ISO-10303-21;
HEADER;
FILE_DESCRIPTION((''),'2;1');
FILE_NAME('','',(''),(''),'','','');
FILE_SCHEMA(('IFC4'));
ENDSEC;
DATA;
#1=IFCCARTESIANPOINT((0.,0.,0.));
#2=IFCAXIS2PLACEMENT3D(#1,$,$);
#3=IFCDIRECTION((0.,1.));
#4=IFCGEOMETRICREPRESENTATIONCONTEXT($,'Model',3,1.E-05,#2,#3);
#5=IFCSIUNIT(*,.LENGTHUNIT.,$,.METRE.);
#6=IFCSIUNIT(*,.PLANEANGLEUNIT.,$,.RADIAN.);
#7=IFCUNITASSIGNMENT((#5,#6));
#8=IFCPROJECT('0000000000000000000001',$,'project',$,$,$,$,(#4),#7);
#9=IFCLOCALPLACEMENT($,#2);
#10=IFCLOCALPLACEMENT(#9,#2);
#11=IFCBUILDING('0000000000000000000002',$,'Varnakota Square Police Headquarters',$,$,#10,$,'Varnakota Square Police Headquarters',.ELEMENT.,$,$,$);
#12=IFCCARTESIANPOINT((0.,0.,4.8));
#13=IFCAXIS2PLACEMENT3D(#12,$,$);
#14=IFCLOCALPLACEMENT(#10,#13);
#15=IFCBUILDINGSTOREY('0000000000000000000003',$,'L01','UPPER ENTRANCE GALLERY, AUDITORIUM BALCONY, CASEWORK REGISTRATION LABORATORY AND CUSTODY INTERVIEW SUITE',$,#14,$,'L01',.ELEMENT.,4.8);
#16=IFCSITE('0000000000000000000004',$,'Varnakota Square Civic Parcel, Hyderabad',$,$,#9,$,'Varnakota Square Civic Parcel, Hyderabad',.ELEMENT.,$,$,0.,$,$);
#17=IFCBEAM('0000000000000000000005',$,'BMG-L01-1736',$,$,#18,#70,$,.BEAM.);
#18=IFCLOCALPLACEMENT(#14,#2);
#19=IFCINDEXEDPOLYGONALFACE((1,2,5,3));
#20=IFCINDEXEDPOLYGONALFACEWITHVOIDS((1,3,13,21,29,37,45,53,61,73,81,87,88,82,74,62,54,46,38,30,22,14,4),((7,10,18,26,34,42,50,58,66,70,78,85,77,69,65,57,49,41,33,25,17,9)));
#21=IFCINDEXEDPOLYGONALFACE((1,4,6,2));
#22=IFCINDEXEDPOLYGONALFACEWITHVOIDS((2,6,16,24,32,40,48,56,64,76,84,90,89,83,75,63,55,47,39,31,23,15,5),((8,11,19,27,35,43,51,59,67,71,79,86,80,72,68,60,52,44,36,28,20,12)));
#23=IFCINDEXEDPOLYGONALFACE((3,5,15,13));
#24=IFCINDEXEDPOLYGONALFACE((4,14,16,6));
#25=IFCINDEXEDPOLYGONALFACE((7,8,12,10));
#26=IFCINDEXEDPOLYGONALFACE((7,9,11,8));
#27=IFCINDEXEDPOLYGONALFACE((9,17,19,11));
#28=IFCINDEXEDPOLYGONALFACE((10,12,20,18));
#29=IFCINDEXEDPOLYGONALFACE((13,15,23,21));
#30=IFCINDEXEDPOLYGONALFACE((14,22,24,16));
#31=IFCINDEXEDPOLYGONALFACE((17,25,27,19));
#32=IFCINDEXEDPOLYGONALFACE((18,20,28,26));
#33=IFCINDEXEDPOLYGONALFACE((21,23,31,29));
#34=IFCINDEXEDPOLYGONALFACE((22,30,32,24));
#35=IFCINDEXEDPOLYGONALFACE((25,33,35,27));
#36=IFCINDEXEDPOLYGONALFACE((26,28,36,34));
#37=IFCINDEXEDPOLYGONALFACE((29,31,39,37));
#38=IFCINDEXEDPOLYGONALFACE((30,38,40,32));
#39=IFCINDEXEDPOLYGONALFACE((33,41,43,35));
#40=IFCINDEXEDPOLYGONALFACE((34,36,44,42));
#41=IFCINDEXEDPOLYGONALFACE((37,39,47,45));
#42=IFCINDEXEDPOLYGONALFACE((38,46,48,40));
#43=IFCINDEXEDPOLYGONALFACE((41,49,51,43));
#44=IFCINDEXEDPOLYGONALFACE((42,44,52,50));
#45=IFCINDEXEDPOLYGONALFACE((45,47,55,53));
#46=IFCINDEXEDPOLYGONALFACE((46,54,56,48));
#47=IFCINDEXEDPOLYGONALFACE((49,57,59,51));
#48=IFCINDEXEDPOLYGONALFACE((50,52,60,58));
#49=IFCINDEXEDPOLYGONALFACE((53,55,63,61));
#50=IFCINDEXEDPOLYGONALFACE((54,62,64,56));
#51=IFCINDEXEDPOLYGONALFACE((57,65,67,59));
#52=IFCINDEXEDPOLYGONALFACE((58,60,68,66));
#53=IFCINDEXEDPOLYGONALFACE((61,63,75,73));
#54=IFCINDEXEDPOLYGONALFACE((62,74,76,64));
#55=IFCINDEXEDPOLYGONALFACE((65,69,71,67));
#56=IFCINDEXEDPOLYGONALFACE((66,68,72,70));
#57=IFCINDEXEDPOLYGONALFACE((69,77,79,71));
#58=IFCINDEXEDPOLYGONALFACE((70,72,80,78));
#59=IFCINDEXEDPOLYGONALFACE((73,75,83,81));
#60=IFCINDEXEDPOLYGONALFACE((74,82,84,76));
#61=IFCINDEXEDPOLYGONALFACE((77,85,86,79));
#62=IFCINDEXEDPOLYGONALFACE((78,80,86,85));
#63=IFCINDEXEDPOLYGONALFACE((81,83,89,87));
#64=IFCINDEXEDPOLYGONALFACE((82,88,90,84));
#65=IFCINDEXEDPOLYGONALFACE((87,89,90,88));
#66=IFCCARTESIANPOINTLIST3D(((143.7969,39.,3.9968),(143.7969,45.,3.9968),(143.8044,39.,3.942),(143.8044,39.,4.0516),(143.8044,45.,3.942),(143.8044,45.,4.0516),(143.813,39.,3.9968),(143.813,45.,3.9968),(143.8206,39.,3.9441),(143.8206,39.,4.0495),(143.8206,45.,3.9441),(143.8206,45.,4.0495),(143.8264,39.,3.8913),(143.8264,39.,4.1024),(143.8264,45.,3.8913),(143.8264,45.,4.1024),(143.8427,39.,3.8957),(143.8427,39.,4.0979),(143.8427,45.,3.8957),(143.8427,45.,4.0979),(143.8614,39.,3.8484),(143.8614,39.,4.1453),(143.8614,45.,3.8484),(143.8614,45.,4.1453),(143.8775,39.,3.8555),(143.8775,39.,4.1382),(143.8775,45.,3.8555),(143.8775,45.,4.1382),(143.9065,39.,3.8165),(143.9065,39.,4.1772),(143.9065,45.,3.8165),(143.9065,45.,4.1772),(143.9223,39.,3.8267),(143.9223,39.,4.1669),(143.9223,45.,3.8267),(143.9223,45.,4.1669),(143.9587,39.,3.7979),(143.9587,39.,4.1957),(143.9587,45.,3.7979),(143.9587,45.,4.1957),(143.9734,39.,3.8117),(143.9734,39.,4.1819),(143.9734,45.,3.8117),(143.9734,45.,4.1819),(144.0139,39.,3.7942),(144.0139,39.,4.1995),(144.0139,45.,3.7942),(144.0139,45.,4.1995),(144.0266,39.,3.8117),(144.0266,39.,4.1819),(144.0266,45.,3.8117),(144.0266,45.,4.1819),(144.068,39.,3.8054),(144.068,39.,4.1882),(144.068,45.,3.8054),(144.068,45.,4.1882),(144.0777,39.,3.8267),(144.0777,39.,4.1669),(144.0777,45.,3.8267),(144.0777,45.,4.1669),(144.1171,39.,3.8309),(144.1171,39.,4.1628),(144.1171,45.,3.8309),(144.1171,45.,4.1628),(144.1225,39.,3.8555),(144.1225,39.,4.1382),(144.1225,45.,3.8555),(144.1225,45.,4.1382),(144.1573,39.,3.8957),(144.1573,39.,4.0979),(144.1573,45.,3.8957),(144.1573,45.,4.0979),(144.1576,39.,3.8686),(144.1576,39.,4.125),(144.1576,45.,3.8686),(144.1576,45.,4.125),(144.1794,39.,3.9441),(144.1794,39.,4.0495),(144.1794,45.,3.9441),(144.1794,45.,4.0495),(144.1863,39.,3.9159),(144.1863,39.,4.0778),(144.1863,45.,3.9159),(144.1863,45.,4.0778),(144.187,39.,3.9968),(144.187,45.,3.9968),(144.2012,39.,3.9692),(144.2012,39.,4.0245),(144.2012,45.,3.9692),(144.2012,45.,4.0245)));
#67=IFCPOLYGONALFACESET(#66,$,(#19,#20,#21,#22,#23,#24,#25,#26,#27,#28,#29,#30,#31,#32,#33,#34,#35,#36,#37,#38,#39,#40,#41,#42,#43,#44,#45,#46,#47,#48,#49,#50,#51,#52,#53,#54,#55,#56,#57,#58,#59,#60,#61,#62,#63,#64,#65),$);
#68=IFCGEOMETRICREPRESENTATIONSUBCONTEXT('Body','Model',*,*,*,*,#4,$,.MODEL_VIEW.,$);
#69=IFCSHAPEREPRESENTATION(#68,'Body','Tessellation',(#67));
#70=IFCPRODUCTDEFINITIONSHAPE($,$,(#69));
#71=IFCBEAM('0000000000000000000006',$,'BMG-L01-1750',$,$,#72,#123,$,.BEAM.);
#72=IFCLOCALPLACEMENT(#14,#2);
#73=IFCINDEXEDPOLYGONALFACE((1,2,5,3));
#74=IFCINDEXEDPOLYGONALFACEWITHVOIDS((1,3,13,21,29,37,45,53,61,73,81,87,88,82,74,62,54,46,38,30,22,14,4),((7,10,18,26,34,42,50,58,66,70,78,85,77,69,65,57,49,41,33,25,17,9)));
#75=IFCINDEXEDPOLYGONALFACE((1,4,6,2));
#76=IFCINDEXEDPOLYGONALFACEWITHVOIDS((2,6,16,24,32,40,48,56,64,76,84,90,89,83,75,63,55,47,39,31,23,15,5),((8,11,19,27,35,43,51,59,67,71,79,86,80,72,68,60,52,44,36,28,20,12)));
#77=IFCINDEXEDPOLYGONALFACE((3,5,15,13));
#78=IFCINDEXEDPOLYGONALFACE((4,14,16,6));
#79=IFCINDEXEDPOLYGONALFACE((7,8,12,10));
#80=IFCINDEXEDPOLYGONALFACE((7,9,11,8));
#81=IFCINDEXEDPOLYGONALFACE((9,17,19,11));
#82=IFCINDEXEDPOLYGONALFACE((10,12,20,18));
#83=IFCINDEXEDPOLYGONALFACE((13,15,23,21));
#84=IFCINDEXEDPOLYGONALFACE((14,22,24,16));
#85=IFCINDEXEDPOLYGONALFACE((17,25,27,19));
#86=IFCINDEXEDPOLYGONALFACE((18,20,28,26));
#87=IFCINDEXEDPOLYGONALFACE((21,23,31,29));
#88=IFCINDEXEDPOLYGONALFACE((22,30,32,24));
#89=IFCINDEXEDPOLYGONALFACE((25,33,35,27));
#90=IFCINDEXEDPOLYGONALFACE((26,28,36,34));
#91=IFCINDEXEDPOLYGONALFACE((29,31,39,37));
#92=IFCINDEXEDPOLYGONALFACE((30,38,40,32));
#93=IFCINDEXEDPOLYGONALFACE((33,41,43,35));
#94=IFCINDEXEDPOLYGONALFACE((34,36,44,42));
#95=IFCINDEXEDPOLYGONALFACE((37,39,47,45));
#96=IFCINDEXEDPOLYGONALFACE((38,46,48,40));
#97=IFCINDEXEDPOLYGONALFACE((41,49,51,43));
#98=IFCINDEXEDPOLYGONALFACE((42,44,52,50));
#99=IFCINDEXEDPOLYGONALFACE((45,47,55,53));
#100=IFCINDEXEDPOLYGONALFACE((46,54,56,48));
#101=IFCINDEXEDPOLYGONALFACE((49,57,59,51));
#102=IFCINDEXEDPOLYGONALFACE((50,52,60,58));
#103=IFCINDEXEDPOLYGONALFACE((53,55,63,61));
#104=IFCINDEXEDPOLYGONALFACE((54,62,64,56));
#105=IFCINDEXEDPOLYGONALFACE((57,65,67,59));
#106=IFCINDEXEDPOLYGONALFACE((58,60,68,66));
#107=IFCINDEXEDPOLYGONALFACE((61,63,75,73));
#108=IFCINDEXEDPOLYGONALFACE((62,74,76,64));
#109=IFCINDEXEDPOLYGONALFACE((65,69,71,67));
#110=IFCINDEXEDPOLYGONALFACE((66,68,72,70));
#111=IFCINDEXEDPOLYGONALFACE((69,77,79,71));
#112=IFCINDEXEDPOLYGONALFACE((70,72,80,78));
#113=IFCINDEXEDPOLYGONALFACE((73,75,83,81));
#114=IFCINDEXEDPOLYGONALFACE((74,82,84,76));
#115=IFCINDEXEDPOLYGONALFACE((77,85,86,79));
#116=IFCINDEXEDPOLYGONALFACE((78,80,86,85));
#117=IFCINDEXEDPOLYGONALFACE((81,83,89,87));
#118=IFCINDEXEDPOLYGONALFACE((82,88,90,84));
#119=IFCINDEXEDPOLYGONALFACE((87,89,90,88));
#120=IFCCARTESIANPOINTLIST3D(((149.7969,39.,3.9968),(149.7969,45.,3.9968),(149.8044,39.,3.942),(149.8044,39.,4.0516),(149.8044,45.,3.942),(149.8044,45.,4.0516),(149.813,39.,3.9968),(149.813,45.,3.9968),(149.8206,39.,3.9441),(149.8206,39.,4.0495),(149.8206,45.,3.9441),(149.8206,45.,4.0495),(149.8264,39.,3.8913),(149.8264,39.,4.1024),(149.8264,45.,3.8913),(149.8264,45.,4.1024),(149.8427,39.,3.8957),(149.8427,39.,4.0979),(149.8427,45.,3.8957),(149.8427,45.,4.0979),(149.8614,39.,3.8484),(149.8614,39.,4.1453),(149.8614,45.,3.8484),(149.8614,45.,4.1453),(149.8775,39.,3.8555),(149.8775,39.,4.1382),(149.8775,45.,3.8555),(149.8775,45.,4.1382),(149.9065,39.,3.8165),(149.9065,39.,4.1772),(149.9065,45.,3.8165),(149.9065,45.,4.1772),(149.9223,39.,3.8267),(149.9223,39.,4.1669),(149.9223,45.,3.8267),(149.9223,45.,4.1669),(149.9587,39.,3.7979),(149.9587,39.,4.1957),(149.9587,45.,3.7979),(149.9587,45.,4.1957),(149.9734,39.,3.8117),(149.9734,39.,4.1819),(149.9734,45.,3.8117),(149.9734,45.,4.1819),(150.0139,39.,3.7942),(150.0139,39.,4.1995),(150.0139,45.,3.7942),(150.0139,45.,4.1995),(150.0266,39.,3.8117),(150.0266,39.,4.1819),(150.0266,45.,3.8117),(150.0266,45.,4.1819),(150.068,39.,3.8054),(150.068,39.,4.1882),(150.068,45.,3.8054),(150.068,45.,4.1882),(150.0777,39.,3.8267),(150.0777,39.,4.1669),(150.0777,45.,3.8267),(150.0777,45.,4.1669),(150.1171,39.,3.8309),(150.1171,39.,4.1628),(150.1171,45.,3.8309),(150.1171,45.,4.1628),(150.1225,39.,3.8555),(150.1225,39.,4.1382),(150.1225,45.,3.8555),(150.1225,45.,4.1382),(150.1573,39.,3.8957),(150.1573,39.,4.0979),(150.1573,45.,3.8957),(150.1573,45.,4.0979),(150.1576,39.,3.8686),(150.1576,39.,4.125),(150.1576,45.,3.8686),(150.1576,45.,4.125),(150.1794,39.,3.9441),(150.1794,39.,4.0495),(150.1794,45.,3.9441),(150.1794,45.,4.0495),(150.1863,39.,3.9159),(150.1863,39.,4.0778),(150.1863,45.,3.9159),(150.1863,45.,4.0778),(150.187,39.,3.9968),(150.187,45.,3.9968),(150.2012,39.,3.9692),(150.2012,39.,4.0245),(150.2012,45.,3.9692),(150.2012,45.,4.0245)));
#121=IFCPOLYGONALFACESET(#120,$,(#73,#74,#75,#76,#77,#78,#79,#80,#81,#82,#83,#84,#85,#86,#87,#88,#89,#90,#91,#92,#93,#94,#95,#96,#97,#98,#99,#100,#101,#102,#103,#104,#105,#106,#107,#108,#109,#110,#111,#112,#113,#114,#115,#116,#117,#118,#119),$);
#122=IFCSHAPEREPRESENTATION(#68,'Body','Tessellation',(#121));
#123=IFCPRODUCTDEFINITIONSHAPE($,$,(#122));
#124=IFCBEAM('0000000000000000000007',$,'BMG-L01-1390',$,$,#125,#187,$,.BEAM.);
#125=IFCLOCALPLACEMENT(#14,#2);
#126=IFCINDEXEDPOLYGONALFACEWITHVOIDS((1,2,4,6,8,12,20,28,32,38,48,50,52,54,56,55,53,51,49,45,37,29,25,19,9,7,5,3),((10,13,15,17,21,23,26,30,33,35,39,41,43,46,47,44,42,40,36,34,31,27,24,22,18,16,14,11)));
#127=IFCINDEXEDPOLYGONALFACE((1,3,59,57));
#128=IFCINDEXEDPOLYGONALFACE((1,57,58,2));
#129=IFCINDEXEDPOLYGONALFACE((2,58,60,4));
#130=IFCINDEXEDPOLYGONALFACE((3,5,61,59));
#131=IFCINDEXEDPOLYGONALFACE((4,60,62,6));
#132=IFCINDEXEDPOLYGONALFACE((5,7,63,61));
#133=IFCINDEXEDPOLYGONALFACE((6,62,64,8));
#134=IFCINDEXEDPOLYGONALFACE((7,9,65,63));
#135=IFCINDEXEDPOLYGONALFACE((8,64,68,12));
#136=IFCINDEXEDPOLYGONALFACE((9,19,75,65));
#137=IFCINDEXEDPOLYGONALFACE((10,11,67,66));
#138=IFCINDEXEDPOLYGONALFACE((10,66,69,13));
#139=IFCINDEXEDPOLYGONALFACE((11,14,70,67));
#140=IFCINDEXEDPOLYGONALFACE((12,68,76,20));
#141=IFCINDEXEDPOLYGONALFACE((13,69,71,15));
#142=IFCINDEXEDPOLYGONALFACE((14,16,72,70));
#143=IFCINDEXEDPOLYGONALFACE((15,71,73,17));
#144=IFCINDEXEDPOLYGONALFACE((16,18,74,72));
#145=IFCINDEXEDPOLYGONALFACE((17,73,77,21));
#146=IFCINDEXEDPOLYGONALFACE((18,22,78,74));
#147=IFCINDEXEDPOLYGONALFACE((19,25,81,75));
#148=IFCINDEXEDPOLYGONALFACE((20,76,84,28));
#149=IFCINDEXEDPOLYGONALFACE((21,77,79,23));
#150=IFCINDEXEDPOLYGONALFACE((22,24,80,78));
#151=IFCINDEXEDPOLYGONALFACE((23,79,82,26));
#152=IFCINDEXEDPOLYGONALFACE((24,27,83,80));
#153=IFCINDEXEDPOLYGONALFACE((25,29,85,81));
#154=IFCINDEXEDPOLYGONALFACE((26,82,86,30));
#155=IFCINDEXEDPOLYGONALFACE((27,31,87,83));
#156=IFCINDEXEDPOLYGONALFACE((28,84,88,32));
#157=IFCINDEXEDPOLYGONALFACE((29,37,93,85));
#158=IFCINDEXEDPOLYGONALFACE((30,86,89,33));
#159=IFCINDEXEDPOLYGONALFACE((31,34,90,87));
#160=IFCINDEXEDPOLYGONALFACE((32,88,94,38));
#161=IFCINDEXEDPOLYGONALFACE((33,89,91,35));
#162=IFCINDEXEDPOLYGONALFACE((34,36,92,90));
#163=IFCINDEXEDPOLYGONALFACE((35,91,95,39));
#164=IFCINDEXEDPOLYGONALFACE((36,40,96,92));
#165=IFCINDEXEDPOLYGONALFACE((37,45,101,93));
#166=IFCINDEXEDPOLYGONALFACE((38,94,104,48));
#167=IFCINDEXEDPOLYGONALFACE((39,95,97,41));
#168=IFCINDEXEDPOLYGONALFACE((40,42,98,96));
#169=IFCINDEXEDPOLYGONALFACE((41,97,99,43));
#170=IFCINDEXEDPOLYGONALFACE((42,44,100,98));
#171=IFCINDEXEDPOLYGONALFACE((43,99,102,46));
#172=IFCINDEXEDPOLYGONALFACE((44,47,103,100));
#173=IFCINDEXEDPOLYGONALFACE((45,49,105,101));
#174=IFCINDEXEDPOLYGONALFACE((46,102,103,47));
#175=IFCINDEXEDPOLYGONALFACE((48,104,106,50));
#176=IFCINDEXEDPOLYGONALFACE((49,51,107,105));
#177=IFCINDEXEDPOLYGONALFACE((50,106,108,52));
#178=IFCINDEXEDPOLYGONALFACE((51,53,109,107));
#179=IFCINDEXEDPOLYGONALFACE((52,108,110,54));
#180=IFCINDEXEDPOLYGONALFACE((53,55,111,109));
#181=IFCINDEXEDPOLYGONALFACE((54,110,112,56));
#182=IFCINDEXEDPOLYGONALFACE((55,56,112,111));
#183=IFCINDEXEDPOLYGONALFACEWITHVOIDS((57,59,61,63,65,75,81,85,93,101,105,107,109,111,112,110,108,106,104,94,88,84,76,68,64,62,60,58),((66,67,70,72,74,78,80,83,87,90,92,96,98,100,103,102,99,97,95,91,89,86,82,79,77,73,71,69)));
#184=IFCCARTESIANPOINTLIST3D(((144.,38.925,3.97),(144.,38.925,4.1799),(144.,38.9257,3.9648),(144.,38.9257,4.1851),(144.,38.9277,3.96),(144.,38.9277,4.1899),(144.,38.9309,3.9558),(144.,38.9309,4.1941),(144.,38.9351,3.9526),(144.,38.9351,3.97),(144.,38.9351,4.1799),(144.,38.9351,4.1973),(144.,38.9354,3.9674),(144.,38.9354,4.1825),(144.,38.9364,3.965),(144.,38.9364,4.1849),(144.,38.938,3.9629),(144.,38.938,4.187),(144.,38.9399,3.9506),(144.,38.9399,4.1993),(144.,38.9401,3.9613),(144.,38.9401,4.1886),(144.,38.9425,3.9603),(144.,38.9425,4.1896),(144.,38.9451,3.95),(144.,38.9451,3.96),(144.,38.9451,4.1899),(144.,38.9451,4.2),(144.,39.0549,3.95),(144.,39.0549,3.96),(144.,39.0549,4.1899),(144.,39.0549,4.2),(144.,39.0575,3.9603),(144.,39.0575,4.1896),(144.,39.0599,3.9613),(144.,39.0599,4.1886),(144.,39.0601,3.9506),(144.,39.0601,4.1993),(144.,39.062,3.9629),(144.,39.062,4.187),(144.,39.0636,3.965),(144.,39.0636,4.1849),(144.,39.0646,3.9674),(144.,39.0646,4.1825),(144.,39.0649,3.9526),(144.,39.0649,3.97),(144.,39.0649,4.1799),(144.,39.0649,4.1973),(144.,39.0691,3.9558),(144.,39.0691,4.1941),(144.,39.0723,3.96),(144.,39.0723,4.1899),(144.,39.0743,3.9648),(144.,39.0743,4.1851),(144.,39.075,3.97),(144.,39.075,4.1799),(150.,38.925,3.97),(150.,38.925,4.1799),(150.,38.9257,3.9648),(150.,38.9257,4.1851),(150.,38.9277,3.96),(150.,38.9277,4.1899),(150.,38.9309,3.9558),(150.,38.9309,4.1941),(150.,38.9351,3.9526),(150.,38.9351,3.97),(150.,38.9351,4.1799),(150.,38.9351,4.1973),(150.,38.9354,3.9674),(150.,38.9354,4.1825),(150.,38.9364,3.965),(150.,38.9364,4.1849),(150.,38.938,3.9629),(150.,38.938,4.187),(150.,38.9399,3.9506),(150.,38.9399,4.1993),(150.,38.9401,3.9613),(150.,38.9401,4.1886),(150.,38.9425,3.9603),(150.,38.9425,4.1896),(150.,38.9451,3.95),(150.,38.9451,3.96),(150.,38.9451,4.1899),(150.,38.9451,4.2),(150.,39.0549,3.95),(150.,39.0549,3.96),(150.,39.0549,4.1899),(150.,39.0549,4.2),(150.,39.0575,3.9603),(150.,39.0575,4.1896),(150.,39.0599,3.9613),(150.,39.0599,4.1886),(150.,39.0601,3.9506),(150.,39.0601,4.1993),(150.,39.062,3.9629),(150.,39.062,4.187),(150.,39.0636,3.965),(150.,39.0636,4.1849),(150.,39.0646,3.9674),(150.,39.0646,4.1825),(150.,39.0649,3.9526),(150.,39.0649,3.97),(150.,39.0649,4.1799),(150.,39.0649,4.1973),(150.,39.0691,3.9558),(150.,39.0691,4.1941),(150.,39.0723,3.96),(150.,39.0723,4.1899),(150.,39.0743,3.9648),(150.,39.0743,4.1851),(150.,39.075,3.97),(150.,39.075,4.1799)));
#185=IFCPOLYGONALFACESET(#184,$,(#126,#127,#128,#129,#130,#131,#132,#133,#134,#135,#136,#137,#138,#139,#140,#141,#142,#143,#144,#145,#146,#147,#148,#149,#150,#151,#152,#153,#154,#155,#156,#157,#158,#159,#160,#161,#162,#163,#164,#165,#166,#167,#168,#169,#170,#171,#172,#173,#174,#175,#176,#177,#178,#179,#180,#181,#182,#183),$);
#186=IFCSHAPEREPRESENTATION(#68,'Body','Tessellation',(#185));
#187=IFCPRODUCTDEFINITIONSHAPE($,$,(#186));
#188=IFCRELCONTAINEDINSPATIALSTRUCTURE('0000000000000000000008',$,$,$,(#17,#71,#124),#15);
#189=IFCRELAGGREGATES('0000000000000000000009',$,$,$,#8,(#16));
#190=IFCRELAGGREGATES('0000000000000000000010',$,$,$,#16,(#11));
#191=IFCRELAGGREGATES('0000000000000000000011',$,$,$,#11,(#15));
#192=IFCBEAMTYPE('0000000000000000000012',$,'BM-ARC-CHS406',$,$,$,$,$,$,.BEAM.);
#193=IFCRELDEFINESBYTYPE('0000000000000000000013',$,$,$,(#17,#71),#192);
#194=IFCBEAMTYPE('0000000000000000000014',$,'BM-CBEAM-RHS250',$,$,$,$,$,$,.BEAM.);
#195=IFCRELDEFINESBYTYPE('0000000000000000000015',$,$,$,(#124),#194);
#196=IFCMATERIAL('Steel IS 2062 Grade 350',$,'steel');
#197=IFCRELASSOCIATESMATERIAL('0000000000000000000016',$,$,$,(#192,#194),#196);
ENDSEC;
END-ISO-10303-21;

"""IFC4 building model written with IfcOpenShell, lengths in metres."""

from ifc_helpers import new_model, si_unit, direction, frame, origin, origin_2d, place, context, subcontext, project, spatial, hollow_rectangle, hollow_circle, extrude, material, material_profile, profile_set, type_object, element, save


model = new_model("IFC4")

# Units and contexts
model_context = context("Model", 3, precision=1e-05, world=origin(), true_north=direction((0.0, 1.0)))
body_context = subcontext(model_context, "Body", "Model", "MODEL_VIEW")
ifc_project = project(units=[si_unit("LENGTHUNIT", "METRE"), si_unit("PLANEANGLEUNIT", "RADIAN")], contexts=[model_context])

# Site, building, storey
site_placement = place(None, origin())
site = spatial("IfcSite", under=ifc_project, at=site_placement, Name="Varnakota Square Civic Parcel, Hyderabad", LongName="Varnakota Square Civic Parcel, Hyderabad", CompositionType="ELEMENT", RefElevation=0.0)
building_placement = place(site_placement, origin())
building = spatial("IfcBuilding", under=site, at=building_placement, Name="Varnakota Square Police Headquarters", LongName="Varnakota Square Police Headquarters", CompositionType="ELEMENT")
storey_placement = place(building_placement, frame((0.0, 0.0, 4.8)))
storey = spatial("IfcBuildingStorey", under=building, at=storey_placement, Name="L01", Description="UPPER ENTRANCE GALLERY, AUDITORIUM BALCONY, CASEWORK REGISTRATION LABORATORY AND CUSTODY INTERVIEW SUITE", LongName="L01", CompositionType="ELEMENT", Elevation=4.8)

# Shared definitions
ifc_material_1 = material(Name="Steel IS 2062 Grade 350", Category="steel")

# Beams
ifc_material_profile_1 = material_profile(ifc_material_1, hollow_circle(Radius=0.2031, WallThickness=0.0161, at=origin_2d()), Name="CHS 406.4x16.0")
ifc_profile_set_1 = profile_set([ifc_material_profile_1], Name="Steel IS 2062 Grade 350")
beam_type_1 = type_object("IfcBeamType", Name="BM-ARC-CHS406", PredefinedType="BEAM", material=ifc_profile_set_1)
for number, where, z_axis, x_axis, name in (
    (1, (144.0, 39.0, 3.9968), (0.0, 1.0, 0.0), (-1.0, 0.0, 0.0), "BMG-L01-1736"),
    (2, (150.0, 39.0, 3.9968), (0.0, 1.0, 0.0), (-1.0, 0.0, 0.0), "BMG-L01-1750"),
):
    element("IfcBeam", number, at=place(storey_placement, frame(where, z_axis=z_axis, x_axis=x_axis)), inside=storey, type_object=beam_type_1, Name=name, PredefinedType="BEAM", context=body_context, shape_type="SweptSolid", body=[
        extrude(hollow_circle(Radius=0.2031, WallThickness=0.0161, at=origin_2d()), origin(), (0.0, 0.0, 1.0), 6.0),
    ])
ifc_material_profile_2 = material_profile(ifc_material_1, hollow_rectangle(XDim=0.1499, YDim=0.25, WallThickness=0.01, InnerFilletRadius=0.01, OuterFilletRadius=0.02, at=origin_2d()), Name="RHS 250x150x10")
ifc_profile_set_2 = profile_set([ifc_material_profile_2], Name="Steel IS 2062 Grade 350")
beam_type_2 = type_object("IfcBeamType", Name="BM-CBEAM-RHS250", PredefinedType="BEAM", material=ifc_profile_set_2)
beam_1_placement = place(storey_placement, frame((144.0, 39.0, 4.075), z_axis=(1.0, 0.0, 0.0), x_axis=(0.0, 1.0, 0.0)))
element("IfcBeam", 3, at=beam_1_placement, inside=storey, type_object=beam_type_2, Name="BMG-L01-1390", PredefinedType="BEAM", context=body_context, shape_type="SweptSolid", body=[
    extrude(hollow_rectangle(XDim=0.1499, YDim=0.25, WallThickness=0.01, InnerFilletRadius=0.01, OuterFilletRadius=0.02, at=origin_2d()), origin(), (0.0, 0.0, 1.0), 6.0),
])

save(model, "model.ifc")
